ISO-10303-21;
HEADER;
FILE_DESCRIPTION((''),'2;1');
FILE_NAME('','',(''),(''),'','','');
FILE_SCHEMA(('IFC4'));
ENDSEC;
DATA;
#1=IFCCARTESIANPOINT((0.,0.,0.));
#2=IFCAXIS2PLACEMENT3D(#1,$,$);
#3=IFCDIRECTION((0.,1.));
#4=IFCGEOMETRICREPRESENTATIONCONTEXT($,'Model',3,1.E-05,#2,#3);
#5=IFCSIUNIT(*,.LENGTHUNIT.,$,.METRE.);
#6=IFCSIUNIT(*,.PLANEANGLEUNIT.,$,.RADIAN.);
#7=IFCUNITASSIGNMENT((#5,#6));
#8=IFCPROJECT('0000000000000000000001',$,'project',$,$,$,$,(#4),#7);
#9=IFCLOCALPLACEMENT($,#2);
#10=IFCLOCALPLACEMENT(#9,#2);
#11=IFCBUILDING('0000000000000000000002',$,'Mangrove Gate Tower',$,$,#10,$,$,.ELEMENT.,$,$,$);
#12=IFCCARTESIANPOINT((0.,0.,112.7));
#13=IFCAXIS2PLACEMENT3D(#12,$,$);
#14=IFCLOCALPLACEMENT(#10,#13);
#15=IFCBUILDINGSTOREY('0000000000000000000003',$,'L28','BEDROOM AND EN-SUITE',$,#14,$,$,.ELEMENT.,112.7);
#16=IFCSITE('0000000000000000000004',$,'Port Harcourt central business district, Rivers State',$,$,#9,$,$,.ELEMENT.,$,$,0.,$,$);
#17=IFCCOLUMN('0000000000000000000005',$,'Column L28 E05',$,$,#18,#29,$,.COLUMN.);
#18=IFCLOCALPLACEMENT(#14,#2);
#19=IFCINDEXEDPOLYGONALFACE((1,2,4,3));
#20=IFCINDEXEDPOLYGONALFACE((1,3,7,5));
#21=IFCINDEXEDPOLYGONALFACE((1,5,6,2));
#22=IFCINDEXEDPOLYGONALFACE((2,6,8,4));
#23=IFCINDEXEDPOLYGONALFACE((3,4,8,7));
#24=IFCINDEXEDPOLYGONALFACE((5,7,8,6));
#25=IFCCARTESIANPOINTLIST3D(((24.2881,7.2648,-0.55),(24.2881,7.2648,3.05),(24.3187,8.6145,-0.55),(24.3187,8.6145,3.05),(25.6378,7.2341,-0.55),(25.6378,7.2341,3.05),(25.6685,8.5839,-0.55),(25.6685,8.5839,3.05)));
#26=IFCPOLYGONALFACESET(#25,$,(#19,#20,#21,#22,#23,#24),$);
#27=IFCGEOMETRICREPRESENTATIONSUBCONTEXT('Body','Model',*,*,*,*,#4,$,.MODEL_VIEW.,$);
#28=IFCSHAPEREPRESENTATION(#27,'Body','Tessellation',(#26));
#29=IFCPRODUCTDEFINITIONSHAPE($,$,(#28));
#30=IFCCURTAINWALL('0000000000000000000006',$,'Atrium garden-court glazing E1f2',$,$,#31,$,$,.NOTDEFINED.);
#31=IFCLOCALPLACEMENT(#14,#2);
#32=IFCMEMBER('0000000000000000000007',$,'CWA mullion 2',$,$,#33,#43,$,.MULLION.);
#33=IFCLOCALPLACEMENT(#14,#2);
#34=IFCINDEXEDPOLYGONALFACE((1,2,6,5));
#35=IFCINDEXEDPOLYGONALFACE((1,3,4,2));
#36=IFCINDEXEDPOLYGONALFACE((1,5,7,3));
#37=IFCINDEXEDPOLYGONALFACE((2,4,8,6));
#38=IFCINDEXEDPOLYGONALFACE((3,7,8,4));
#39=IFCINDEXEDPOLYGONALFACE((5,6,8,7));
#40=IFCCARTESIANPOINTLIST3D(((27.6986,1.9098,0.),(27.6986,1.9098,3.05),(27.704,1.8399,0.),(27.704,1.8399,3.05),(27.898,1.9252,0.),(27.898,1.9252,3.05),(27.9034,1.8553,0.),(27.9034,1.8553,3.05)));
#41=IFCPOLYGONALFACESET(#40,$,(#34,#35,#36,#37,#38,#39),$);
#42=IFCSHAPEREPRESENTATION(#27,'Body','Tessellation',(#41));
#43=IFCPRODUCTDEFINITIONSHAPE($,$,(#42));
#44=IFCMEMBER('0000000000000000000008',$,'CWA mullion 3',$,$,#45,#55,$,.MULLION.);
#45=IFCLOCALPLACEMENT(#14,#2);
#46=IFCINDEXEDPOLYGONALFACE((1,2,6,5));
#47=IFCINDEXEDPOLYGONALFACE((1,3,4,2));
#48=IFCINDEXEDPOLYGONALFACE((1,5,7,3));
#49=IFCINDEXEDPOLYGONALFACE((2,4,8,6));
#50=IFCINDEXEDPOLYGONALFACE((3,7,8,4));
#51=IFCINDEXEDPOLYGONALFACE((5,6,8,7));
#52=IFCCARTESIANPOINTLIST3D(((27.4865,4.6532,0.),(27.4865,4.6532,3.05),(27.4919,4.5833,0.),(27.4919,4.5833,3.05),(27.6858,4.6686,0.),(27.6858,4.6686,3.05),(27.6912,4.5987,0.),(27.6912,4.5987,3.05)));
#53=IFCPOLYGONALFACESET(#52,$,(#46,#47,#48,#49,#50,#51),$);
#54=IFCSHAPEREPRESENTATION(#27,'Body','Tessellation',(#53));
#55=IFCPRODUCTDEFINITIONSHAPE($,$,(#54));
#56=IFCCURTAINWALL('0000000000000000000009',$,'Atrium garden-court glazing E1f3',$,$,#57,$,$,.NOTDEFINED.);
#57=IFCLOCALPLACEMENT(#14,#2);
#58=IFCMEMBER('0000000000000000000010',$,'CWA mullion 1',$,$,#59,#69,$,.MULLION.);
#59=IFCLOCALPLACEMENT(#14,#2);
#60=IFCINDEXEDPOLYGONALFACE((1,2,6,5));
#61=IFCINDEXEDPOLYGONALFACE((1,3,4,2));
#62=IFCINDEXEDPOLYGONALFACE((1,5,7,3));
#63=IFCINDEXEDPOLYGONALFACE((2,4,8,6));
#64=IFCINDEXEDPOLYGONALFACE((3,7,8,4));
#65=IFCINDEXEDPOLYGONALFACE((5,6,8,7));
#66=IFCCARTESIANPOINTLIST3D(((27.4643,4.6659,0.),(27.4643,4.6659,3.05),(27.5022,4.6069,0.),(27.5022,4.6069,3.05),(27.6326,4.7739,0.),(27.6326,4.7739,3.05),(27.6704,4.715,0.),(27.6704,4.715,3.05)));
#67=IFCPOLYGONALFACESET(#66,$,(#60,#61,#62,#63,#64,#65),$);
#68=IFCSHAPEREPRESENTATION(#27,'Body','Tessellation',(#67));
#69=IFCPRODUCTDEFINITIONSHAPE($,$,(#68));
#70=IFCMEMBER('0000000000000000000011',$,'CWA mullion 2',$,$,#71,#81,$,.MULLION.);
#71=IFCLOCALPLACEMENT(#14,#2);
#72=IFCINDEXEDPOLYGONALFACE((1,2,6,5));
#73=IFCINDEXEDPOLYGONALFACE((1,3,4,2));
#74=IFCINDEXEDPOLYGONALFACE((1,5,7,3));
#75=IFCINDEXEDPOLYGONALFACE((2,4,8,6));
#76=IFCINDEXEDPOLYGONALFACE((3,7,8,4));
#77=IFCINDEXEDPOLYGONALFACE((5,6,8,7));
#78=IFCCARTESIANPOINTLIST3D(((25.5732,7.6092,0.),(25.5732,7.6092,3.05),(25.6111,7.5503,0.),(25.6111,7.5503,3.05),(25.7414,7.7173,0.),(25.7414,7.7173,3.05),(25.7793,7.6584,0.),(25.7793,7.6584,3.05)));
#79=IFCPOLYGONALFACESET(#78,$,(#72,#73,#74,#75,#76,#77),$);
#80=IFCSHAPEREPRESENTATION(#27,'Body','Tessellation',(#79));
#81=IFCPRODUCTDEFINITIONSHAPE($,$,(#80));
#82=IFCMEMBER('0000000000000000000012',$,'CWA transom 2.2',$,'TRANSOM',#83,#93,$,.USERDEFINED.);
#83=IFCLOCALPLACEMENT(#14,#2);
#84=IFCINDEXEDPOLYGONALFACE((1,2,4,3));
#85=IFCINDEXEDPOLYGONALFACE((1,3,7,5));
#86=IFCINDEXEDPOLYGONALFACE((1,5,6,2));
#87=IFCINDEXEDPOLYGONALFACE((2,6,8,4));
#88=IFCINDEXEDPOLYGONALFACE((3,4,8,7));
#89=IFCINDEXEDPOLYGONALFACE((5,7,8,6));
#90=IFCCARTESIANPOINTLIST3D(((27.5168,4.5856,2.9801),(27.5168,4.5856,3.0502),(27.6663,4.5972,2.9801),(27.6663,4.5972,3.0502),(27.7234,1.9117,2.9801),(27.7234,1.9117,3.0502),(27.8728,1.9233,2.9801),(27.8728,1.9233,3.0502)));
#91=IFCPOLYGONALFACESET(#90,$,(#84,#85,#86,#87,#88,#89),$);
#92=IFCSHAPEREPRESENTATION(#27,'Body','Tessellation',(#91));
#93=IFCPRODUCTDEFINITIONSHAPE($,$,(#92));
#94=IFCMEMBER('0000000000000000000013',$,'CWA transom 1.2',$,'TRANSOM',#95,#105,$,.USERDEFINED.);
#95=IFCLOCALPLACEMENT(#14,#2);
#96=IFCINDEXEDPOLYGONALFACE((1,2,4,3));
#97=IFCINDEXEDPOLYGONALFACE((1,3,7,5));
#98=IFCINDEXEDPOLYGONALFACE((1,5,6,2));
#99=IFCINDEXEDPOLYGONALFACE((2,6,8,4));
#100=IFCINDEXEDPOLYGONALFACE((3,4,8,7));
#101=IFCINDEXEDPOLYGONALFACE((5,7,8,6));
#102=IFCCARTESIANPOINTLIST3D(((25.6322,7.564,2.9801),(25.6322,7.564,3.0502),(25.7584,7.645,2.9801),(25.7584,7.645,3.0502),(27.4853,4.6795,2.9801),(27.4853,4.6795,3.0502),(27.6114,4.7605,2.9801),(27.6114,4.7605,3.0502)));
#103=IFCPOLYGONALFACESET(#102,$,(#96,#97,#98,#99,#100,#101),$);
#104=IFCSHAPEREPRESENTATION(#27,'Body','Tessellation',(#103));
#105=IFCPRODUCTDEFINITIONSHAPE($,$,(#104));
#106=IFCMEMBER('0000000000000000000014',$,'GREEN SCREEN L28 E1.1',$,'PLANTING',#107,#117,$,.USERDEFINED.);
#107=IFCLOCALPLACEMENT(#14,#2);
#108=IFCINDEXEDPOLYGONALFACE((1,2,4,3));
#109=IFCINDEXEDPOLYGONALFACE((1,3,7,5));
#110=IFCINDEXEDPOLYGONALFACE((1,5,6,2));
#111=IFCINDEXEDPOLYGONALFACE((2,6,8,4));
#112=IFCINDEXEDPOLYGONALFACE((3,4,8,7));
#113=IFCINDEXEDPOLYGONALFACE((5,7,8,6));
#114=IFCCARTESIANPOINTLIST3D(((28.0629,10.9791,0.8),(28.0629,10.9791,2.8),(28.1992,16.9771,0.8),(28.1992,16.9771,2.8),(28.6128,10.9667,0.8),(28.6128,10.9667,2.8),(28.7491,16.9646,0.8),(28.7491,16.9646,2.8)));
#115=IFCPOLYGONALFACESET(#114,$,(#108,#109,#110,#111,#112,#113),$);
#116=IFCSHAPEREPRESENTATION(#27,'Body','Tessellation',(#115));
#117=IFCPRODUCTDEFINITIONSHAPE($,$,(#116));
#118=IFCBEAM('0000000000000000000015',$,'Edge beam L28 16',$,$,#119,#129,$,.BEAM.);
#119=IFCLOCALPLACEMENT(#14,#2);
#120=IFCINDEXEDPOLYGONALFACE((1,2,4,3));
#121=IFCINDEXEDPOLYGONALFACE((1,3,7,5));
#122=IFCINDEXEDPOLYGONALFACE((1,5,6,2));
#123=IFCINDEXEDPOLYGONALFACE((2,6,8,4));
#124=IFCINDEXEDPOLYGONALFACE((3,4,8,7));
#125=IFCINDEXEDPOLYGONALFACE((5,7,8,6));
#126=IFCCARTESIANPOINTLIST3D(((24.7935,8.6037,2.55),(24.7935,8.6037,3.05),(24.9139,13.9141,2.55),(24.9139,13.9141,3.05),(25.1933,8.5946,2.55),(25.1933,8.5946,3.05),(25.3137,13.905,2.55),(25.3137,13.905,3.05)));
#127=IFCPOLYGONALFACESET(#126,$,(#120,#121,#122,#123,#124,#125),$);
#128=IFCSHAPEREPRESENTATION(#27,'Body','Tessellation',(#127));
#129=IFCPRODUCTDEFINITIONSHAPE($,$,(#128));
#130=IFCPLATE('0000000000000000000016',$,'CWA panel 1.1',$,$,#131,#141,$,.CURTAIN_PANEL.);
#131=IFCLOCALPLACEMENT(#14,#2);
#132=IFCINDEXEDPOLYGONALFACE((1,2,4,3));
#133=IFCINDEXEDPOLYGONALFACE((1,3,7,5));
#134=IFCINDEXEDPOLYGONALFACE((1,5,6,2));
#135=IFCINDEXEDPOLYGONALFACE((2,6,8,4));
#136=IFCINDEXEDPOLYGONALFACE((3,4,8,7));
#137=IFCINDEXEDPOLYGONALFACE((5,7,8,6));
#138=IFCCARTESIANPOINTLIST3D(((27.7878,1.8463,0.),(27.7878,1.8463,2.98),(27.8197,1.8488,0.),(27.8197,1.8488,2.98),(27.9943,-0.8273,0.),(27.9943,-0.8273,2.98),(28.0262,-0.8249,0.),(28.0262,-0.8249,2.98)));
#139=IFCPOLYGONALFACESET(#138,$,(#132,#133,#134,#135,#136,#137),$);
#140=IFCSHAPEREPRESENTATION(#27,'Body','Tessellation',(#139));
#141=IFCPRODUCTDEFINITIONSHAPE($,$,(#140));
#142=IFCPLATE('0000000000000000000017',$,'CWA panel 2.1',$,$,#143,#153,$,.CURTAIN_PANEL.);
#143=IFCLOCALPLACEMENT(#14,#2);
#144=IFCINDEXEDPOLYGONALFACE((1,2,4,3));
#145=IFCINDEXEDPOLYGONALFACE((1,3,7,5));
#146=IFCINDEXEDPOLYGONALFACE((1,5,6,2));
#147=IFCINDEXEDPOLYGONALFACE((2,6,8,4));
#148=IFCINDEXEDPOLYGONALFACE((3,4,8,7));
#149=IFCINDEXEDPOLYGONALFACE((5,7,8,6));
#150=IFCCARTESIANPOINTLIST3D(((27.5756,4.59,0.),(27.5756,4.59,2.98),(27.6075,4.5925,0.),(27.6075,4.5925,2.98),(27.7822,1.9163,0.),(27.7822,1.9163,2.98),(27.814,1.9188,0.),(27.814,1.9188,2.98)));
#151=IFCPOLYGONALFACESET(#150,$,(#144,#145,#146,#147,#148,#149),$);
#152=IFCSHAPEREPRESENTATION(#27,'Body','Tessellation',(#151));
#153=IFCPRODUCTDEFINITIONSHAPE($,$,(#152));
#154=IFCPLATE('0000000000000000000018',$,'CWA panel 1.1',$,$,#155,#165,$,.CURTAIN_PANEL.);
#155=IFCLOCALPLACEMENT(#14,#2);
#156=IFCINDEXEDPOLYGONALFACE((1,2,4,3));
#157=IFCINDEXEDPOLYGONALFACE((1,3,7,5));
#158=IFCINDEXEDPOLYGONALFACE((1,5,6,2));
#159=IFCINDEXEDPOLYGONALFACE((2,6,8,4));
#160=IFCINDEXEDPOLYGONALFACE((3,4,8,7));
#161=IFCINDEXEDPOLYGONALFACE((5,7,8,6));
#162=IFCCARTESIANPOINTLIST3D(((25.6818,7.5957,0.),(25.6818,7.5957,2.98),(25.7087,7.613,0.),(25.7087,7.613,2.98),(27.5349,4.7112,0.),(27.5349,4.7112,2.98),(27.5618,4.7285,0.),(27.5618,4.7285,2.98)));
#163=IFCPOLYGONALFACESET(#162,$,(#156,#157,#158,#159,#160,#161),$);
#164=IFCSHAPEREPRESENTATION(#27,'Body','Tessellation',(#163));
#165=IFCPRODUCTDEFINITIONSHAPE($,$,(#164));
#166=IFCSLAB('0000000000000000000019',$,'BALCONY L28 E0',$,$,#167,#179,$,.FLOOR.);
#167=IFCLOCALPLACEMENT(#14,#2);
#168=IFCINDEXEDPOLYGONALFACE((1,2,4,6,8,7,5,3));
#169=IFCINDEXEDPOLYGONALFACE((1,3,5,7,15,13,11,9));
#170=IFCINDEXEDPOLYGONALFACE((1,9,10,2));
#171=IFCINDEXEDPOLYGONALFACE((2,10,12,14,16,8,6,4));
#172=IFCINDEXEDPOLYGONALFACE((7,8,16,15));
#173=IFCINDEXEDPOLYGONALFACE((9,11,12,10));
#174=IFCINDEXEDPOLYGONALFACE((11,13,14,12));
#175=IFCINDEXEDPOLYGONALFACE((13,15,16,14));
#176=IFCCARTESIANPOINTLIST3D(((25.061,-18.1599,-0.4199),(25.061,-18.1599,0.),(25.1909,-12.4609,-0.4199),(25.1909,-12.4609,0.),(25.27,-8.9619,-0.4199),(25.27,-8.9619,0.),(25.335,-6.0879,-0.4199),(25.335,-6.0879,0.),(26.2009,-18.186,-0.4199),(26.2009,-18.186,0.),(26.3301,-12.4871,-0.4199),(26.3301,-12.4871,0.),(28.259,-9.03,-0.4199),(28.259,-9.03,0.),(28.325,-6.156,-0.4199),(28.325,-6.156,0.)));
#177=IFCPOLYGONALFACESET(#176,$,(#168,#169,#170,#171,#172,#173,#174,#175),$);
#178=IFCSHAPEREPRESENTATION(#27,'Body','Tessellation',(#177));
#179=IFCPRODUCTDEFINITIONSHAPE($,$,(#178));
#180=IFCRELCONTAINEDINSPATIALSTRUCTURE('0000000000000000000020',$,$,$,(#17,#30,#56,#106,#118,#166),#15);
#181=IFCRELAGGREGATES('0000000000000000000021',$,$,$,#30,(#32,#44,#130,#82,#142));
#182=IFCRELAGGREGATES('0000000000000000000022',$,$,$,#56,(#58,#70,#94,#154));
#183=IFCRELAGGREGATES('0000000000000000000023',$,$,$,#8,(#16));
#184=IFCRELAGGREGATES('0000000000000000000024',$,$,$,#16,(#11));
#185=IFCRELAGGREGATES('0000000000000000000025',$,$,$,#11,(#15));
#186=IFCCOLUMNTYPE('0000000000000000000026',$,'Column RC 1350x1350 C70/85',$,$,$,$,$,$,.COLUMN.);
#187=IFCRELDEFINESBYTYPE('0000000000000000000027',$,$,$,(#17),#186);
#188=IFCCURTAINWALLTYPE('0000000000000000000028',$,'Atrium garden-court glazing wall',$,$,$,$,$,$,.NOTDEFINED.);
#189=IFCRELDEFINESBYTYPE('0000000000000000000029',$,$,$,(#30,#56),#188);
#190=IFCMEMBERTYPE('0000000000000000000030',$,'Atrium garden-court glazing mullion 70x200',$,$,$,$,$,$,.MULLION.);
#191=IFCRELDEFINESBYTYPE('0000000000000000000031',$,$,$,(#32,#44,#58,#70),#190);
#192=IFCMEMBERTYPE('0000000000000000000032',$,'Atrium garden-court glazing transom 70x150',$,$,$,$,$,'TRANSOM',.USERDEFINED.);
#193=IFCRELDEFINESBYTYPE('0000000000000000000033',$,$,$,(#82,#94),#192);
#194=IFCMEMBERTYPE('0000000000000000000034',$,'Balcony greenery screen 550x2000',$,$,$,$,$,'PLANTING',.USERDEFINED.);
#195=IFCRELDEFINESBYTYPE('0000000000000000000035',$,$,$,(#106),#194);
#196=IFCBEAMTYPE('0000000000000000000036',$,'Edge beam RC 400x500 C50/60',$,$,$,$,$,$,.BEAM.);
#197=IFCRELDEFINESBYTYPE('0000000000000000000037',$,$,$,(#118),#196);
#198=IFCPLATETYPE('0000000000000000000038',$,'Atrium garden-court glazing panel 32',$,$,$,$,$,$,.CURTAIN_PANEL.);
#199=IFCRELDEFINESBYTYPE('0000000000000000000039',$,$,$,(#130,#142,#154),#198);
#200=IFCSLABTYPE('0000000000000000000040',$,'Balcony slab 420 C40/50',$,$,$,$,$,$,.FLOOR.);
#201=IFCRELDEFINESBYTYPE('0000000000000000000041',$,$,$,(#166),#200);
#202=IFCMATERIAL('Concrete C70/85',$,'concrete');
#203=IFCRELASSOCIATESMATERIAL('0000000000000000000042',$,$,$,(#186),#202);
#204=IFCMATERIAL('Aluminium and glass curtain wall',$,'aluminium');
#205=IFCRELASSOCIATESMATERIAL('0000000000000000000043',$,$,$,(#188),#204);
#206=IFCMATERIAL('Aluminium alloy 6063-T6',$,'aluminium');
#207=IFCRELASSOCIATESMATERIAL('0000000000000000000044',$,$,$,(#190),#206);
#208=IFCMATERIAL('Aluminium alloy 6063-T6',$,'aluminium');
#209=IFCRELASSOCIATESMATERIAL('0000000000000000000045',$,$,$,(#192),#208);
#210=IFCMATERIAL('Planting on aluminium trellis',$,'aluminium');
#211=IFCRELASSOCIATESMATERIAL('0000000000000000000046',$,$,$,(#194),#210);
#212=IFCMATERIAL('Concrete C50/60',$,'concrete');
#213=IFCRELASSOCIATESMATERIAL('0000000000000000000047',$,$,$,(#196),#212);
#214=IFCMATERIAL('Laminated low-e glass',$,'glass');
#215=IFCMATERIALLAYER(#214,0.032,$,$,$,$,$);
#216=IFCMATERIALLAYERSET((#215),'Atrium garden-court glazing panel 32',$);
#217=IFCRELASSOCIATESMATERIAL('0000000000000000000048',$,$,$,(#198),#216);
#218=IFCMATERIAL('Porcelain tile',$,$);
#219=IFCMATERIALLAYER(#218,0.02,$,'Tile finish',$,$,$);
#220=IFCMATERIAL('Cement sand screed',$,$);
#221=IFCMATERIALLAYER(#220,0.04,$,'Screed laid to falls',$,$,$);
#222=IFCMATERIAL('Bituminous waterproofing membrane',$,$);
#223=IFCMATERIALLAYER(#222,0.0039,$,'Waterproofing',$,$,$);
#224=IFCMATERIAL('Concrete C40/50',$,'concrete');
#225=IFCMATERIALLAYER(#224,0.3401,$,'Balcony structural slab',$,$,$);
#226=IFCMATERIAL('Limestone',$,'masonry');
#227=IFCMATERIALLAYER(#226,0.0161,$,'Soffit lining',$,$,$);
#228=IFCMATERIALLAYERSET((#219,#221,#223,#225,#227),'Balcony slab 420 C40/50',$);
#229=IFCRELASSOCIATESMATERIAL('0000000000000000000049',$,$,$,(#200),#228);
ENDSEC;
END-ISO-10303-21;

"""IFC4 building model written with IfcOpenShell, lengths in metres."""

from ifc_helpers import new_model, si_unit, direction, frame, origin, origin_2d, place, context, subcontext, project, spatial, polyline, rectangle, outline, extrude, material, layer, layer_set, material_profile, profile_set, type_object, element, aggregate, save


model = new_model("IFC4")

# Units and contexts
model_context = context("Model", 3, precision=1e-05, world=origin(), true_north=direction((0.0, 1.0)))
body_context = subcontext(model_context, "Body", "Model", "MODEL_VIEW")
ifc_project = project(units=[si_unit("LENGTHUNIT", "METRE"), si_unit("PLANEANGLEUNIT", "RADIAN")], contexts=[model_context])

# Site, building, storey
site_placement = place(None, origin())
site = spatial("IfcSite", under=ifc_project, at=site_placement, Name="Port Harcourt central business district, Rivers State", CompositionType="ELEMENT", RefElevation=0.0)
building_placement = place(site_placement, origin())
building = spatial("IfcBuilding", under=site, at=building_placement, Name="Mangrove Gate Tower", CompositionType="ELEMENT")
storey_placement = place(building_placement, frame((0.0, 0.0, 112.7)))
storey = spatial("IfcBuildingStorey", under=building, at=storey_placement, Name="L28", Description="BEDROOM AND EN-SUITE", CompositionType="ELEMENT", Elevation=112.7)

# Column
ifc_material_1 = material(Name="Concrete C70/85", Category="concrete")
ifc_material_profile_1 = material_profile(ifc_material_1, rectangle(XDim=1.3501, YDim=1.3501, at=origin_2d()))
ifc_profile_set_1 = profile_set([ifc_material_profile_1], Name="Concrete C70/85")
column_type = type_object("IfcColumnType", Name="Column RC 1350x1350 C70/85", PredefinedType="COLUMN", material=ifc_profile_set_1)
column_placement = place(storey_placement, frame((24.9783, 7.9243, -0.55), z_axis=(0.0, 0.0, 1.0), x_axis=(0.022682, 0.999743, 0.0)))
element("IfcColumn", 1, at=column_placement, inside=storey, type_object=column_type, Name="Column L28 E05", PredefinedType="COLUMN", context=body_context, shape_type="SweptSolid", body=[
    extrude(rectangle(XDim=1.3501, YDim=1.3501, at=origin_2d()), origin(), (0.0, 0.0, 1.0), 3.6001),
])

# Curtain walls, members
ifc_material_2 = material(Name="Aluminium and glass curtain wall", Category="aluminium")
curtain_wall_type = type_object("IfcCurtainWallType", Name="Atrium garden-court glazing wall", PredefinedType="NOTDEFINED", material=ifc_material_2)
curtain_wall_1_placement = place(storey_placement, origin())
curtain_wall_1 = element("IfcCurtainWall", 2, at=curtain_wall_1_placement, inside=storey, type_object=curtain_wall_type, Name="Atrium garden-court glazing E1f2", PredefinedType="NOTDEFINED")
ifc_material_3 = material(Name="Aluminium alloy 6063-T6", Category="aluminium")
ifc_material_profile_2 = material_profile(ifc_material_3, rectangle(XDim=0.0701, YDim=0.2, at=origin_2d()))
ifc_profile_set_2 = profile_set([ifc_material_profile_2], Name="Aluminium alloy 6063-T6")
member_type_1 = type_object("IfcMemberType", Name="Atrium garden-court glazing mullion 70x200", PredefinedType="MULLION", material=ifc_profile_set_2)
member_1_placement = place(storey_placement, frame((27.801, 1.8826, 0.0), z_axis=(0.0, 0.0, 1.0), x_axis=(-0.077023, 0.997029, 0.0)))
member_1 = element("IfcMember", 3, at=member_1_placement, type_object=member_type_1, Name="CWA mullion 2", PredefinedType="MULLION", context=body_context, shape_type="SweptSolid", body=[
    extrude(rectangle(XDim=0.0701, YDim=0.2, at=origin_2d()), origin(), (0.0, 0.0, 1.0), 3.05),
])
member_2_placement = place(storey_placement, frame((27.5889, 4.626, 0.0), z_axis=(0.0, 0.0, 1.0), x_axis=(-0.077023, 0.997029, 0.0)))
member_2 = element("IfcMember", 4, at=member_2_placement, type_object=member_type_1, Name="CWA mullion 3", PredefinedType="MULLION", context=body_context, shape_type="SweptSolid", body=[
    extrude(rectangle(XDim=0.0701, YDim=0.2, at=origin_2d()), origin(), (0.0, 0.0, 1.0), 3.05),
])
curtain_wall_2_placement = place(storey_placement, origin())
curtain_wall_2 = element("IfcCurtainWall", 5, at=curtain_wall_2_placement, inside=storey, type_object=curtain_wall_type, Name="Atrium garden-court glazing E1f3", PredefinedType="NOTDEFINED")
member_3_placement = place(storey_placement, frame((27.5674, 4.6904, 0.0), z_axis=(0.0, 0.0, 1.0), x_axis=(-0.540511, 0.841337, 0.0)))
member_3 = element("IfcMember", 6, at=member_3_placement, type_object=member_type_1, Name="CWA mullion 1", PredefinedType="MULLION", context=body_context, shape_type="SweptSolid", body=[
    extrude(rectangle(XDim=0.0701, YDim=0.2, at=origin_2d()), origin(), (0.0, 0.0, 1.0), 3.05),
])
member_4_placement = place(storey_placement, frame((25.6763, 7.6338, 0.0), z_axis=(0.0, 0.0, 1.0), x_axis=(-0.540511, 0.841337, 0.0)))
member_4 = element("IfcMember", 7, at=member_4_placement, type_object=member_type_1, Name="CWA mullion 2", PredefinedType="MULLION", context=body_context, shape_type="SweptSolid", body=[
    extrude(rectangle(XDim=0.0701, YDim=0.2, at=origin_2d()), origin(), (0.0, 0.0, 1.0), 3.05),
])

# Members
ifc_material_4 = material(Name="Aluminium alloy 6063-T6", Category="aluminium")
ifc_material_profile_3 = material_profile(ifc_material_4, rectangle(XDim=0.0701, YDim=0.1499, at=origin_2d()))
ifc_profile_set_3 = profile_set([ifc_material_profile_3], Name="Aluminium alloy 6063-T6")
member_type_2 = type_object("IfcMemberType", Name="Atrium garden-court glazing transom 70x150", ElementType="TRANSOM", PredefinedType="USERDEFINED", material=ifc_profile_set_3)
member_5_placement = place(storey_placement, frame((27.7981, 1.9175, 3.0151), z_axis=(-0.077017, 0.99703, 0.0), x_axis=(0.0, 0.0, 1.0)))
member_5 = element("IfcMember", 8, at=member_5_placement, type_object=member_type_2, Name="CWA transom 2.2", ObjectType="TRANSOM", PredefinedType="USERDEFINED", context=body_context, shape_type="SweptSolid", body=[
    extrude(rectangle(XDim=0.0701, YDim=0.1499, at=origin_2d()), origin(), (0.0, 0.0, 1.0), 2.6819),
])
member_6_placement = place(storey_placement, frame((27.5483, 4.72, 3.0151), z_axis=(-0.540488, 0.841352, 0.0), x_axis=(0.0, 0.0, 1.0)))
member_6 = element("IfcMember", 9, at=member_6_placement, type_object=member_type_2, Name="CWA transom 1.2", ObjectType="TRANSOM", PredefinedType="USERDEFINED", context=body_context, shape_type="SweptSolid", body=[
    extrude(rectangle(XDim=0.0701, YDim=0.1499, at=origin_2d()), origin(), (0.0, 0.0, 1.0), 3.4285),
])
ifc_material_5 = material(Name="Planting on aluminium trellis", Category="aluminium")
ifc_material_profile_4 = material_profile(ifc_material_5, rectangle(XDim=0.55, YDim=2.0, at=origin_2d()))
ifc_profile_set_4 = profile_set([ifc_material_profile_4], Name="Planting on aluminium trellis")
member_type_3 = type_object("IfcMemberType", Name="Balcony greenery screen 550x2000", ElementType="PLANTING", PredefinedType="USERDEFINED", material=ifc_profile_set_4)
member_7_placement = place(storey_placement, frame((28.3379, 10.9729, 1.8), z_axis=(0.022707, 0.999742, 0.0), x_axis=(-0.999742, 0.022707, 0.0)))
element("IfcMember", 10, at=member_7_placement, inside=storey, type_object=member_type_3, Name="GREEN SCREEN L28 E1.1", ObjectType="PLANTING", PredefinedType="USERDEFINED", context=body_context, shape_type="SweptSolid", body=[
    extrude(rectangle(XDim=0.55, YDim=2.0, at=origin_2d()), origin(), (0.0, 0.0, 1.0), 5.9995),
])

# Beam
ifc_material_6 = material(Name="Concrete C50/60", Category="concrete")
ifc_material_profile_5 = material_profile(ifc_material_6, rectangle(XDim=0.3999, YDim=0.5, at=origin_2d()))
ifc_profile_set_5 = profile_set([ifc_material_profile_5], Name="Concrete C50/60")
beam_type = type_object("IfcBeamType", Name="Edge beam RC 400x500 C50/60", PredefinedType="BEAM", material=ifc_profile_set_5)
beam_placement = place(storey_placement, frame((24.9934, 8.5991, 2.8), z_axis=(0.02266, 0.999743, 0.0), x_axis=(-0.999743, 0.02266, 0.0)))
element("IfcBeam", 11, at=beam_placement, inside=storey, type_object=beam_type, Name="Edge beam L28 16", PredefinedType="BEAM", context=body_context, shape_type="SweptSolid", body=[
    extrude(rectangle(XDim=0.3999, YDim=0.5, at=origin_2d()), origin(), (0.0, 0.0, 1.0), 5.3118),
])

# Plates
ifc_material_7 = material(Name="Laminated low-e glass", Category="glass")
ifc_layer_1 = layer(ifc_material_7, 0.032)
ifc_layer_set_1 = layer_set([ifc_layer_1], Name="Atrium garden-court glazing panel 32")
plate_type = type_object("IfcPlateType", Name="Atrium garden-court glazing panel 32", PredefinedType="CURTAIN_PANEL", material=ifc_layer_set_1)
plate_1_placement = place(storey_placement, frame((27.907, 0.5107, 0.0), z_axis=(0.0, 0.0, 1.0), x_axis=(-0.077023, 0.997029, 0.0)))
plate_1 = element("IfcPlate", 12, at=plate_1_placement, type_object=plate_type, Name="CWA panel 1.1", PredefinedType="CURTAIN_PANEL", context=body_context, shape_type="SweptSolid", body=[
    extrude(rectangle(XDim=2.6816, YDim=0.032, at=origin_2d()), origin(), (0.0, 0.0, 1.0), 2.98),
])
plate_2_placement = place(storey_placement, frame((27.6948, 3.2544, 0.0), z_axis=(0.0, 0.0, 1.0), x_axis=(-0.077023, 0.997029, 0.0)))
plate_2 = element("IfcPlate", 13, at=plate_2_placement, type_object=plate_type, Name="CWA panel 2.1", PredefinedType="CURTAIN_PANEL", context=body_context, shape_type="SweptSolid", body=[
    extrude(rectangle(XDim=2.6816, YDim=0.032, at=origin_2d()), origin(), (0.0, 0.0, 1.0), 2.98),
])
aggregate(curtain_wall_1, [member_1, member_2, plate_1, member_5, plate_2])
plate_3_placement = place(storey_placement, frame((26.6218, 6.1621, 0.0), z_axis=(0.0, 0.0, 1.0), x_axis=(-0.540511, 0.841337, 0.0)))
plate_3 = element("IfcPlate", 14, at=plate_3_placement, type_object=plate_type, Name="CWA panel 1.1", PredefinedType="CURTAIN_PANEL", context=body_context, shape_type="SweptSolid", body=[
    extrude(rectangle(XDim=3.4285, YDim=0.032, at=origin_2d()), origin(), (0.0, 0.0, 1.0), 2.98),
])
aggregate(curtain_wall_2, [member_3, member_4, member_6, plate_3])

# Slab
ifc_material_8 = material(Name="Porcelain tile")
ifc_layer_2 = layer(ifc_material_8, 0.02, Name="Tile finish")
ifc_material_9 = material(Name="Cement sand screed")
ifc_layer_3 = layer(ifc_material_9, 0.04, Name="Screed laid to falls")
ifc_material_10 = material(Name="Bituminous waterproofing membrane")
ifc_layer_4 = layer(ifc_material_10, 0.0039, Name="Waterproofing")
ifc_material_11 = material(Name="Concrete C40/50", Category="concrete")
ifc_layer_5 = layer(ifc_material_11, 0.3401, Name="Balcony structural slab")
ifc_material_12 = material(Name="Limestone", Category="masonry")
ifc_layer_6 = layer(ifc_material_12, 0.0161, Name="Soffit lining")
ifc_layer_set_2 = layer_set([ifc_layer_2, ifc_layer_3, ifc_layer_4, ifc_layer_5, ifc_layer_6], Name="Balcony slab 420 C40/50")
slab_type_1 = type_object("IfcSlabType", Name="Balcony slab 420 C40/50", PredefinedType="FLOOR", material=ifc_layer_set_2)
slab_1_placement = place(storey_placement, frame((0.0, 0.0, -0.4199)))
element("IfcSlab", 15, at=slab_1_placement, inside=storey, type_object=slab_type_1, Name="BALCONY L28 E0", PredefinedType="FLOOR", context=body_context, shape_type="SweptSolid", body=[
    extrude(outline(polyline([(26.2009, -18.186), (26.3301, -12.4871), (28.259, -9.03), (28.325, -6.156), (25.335, -6.0879), (25.27, -8.9619), (25.1909, -12.4609), (25.061, -18.1599), (26.2009, -18.186)])), origin(), (0.0, 0.0, 1.0), 0.4199),
])

save(model, "model.ifc")
